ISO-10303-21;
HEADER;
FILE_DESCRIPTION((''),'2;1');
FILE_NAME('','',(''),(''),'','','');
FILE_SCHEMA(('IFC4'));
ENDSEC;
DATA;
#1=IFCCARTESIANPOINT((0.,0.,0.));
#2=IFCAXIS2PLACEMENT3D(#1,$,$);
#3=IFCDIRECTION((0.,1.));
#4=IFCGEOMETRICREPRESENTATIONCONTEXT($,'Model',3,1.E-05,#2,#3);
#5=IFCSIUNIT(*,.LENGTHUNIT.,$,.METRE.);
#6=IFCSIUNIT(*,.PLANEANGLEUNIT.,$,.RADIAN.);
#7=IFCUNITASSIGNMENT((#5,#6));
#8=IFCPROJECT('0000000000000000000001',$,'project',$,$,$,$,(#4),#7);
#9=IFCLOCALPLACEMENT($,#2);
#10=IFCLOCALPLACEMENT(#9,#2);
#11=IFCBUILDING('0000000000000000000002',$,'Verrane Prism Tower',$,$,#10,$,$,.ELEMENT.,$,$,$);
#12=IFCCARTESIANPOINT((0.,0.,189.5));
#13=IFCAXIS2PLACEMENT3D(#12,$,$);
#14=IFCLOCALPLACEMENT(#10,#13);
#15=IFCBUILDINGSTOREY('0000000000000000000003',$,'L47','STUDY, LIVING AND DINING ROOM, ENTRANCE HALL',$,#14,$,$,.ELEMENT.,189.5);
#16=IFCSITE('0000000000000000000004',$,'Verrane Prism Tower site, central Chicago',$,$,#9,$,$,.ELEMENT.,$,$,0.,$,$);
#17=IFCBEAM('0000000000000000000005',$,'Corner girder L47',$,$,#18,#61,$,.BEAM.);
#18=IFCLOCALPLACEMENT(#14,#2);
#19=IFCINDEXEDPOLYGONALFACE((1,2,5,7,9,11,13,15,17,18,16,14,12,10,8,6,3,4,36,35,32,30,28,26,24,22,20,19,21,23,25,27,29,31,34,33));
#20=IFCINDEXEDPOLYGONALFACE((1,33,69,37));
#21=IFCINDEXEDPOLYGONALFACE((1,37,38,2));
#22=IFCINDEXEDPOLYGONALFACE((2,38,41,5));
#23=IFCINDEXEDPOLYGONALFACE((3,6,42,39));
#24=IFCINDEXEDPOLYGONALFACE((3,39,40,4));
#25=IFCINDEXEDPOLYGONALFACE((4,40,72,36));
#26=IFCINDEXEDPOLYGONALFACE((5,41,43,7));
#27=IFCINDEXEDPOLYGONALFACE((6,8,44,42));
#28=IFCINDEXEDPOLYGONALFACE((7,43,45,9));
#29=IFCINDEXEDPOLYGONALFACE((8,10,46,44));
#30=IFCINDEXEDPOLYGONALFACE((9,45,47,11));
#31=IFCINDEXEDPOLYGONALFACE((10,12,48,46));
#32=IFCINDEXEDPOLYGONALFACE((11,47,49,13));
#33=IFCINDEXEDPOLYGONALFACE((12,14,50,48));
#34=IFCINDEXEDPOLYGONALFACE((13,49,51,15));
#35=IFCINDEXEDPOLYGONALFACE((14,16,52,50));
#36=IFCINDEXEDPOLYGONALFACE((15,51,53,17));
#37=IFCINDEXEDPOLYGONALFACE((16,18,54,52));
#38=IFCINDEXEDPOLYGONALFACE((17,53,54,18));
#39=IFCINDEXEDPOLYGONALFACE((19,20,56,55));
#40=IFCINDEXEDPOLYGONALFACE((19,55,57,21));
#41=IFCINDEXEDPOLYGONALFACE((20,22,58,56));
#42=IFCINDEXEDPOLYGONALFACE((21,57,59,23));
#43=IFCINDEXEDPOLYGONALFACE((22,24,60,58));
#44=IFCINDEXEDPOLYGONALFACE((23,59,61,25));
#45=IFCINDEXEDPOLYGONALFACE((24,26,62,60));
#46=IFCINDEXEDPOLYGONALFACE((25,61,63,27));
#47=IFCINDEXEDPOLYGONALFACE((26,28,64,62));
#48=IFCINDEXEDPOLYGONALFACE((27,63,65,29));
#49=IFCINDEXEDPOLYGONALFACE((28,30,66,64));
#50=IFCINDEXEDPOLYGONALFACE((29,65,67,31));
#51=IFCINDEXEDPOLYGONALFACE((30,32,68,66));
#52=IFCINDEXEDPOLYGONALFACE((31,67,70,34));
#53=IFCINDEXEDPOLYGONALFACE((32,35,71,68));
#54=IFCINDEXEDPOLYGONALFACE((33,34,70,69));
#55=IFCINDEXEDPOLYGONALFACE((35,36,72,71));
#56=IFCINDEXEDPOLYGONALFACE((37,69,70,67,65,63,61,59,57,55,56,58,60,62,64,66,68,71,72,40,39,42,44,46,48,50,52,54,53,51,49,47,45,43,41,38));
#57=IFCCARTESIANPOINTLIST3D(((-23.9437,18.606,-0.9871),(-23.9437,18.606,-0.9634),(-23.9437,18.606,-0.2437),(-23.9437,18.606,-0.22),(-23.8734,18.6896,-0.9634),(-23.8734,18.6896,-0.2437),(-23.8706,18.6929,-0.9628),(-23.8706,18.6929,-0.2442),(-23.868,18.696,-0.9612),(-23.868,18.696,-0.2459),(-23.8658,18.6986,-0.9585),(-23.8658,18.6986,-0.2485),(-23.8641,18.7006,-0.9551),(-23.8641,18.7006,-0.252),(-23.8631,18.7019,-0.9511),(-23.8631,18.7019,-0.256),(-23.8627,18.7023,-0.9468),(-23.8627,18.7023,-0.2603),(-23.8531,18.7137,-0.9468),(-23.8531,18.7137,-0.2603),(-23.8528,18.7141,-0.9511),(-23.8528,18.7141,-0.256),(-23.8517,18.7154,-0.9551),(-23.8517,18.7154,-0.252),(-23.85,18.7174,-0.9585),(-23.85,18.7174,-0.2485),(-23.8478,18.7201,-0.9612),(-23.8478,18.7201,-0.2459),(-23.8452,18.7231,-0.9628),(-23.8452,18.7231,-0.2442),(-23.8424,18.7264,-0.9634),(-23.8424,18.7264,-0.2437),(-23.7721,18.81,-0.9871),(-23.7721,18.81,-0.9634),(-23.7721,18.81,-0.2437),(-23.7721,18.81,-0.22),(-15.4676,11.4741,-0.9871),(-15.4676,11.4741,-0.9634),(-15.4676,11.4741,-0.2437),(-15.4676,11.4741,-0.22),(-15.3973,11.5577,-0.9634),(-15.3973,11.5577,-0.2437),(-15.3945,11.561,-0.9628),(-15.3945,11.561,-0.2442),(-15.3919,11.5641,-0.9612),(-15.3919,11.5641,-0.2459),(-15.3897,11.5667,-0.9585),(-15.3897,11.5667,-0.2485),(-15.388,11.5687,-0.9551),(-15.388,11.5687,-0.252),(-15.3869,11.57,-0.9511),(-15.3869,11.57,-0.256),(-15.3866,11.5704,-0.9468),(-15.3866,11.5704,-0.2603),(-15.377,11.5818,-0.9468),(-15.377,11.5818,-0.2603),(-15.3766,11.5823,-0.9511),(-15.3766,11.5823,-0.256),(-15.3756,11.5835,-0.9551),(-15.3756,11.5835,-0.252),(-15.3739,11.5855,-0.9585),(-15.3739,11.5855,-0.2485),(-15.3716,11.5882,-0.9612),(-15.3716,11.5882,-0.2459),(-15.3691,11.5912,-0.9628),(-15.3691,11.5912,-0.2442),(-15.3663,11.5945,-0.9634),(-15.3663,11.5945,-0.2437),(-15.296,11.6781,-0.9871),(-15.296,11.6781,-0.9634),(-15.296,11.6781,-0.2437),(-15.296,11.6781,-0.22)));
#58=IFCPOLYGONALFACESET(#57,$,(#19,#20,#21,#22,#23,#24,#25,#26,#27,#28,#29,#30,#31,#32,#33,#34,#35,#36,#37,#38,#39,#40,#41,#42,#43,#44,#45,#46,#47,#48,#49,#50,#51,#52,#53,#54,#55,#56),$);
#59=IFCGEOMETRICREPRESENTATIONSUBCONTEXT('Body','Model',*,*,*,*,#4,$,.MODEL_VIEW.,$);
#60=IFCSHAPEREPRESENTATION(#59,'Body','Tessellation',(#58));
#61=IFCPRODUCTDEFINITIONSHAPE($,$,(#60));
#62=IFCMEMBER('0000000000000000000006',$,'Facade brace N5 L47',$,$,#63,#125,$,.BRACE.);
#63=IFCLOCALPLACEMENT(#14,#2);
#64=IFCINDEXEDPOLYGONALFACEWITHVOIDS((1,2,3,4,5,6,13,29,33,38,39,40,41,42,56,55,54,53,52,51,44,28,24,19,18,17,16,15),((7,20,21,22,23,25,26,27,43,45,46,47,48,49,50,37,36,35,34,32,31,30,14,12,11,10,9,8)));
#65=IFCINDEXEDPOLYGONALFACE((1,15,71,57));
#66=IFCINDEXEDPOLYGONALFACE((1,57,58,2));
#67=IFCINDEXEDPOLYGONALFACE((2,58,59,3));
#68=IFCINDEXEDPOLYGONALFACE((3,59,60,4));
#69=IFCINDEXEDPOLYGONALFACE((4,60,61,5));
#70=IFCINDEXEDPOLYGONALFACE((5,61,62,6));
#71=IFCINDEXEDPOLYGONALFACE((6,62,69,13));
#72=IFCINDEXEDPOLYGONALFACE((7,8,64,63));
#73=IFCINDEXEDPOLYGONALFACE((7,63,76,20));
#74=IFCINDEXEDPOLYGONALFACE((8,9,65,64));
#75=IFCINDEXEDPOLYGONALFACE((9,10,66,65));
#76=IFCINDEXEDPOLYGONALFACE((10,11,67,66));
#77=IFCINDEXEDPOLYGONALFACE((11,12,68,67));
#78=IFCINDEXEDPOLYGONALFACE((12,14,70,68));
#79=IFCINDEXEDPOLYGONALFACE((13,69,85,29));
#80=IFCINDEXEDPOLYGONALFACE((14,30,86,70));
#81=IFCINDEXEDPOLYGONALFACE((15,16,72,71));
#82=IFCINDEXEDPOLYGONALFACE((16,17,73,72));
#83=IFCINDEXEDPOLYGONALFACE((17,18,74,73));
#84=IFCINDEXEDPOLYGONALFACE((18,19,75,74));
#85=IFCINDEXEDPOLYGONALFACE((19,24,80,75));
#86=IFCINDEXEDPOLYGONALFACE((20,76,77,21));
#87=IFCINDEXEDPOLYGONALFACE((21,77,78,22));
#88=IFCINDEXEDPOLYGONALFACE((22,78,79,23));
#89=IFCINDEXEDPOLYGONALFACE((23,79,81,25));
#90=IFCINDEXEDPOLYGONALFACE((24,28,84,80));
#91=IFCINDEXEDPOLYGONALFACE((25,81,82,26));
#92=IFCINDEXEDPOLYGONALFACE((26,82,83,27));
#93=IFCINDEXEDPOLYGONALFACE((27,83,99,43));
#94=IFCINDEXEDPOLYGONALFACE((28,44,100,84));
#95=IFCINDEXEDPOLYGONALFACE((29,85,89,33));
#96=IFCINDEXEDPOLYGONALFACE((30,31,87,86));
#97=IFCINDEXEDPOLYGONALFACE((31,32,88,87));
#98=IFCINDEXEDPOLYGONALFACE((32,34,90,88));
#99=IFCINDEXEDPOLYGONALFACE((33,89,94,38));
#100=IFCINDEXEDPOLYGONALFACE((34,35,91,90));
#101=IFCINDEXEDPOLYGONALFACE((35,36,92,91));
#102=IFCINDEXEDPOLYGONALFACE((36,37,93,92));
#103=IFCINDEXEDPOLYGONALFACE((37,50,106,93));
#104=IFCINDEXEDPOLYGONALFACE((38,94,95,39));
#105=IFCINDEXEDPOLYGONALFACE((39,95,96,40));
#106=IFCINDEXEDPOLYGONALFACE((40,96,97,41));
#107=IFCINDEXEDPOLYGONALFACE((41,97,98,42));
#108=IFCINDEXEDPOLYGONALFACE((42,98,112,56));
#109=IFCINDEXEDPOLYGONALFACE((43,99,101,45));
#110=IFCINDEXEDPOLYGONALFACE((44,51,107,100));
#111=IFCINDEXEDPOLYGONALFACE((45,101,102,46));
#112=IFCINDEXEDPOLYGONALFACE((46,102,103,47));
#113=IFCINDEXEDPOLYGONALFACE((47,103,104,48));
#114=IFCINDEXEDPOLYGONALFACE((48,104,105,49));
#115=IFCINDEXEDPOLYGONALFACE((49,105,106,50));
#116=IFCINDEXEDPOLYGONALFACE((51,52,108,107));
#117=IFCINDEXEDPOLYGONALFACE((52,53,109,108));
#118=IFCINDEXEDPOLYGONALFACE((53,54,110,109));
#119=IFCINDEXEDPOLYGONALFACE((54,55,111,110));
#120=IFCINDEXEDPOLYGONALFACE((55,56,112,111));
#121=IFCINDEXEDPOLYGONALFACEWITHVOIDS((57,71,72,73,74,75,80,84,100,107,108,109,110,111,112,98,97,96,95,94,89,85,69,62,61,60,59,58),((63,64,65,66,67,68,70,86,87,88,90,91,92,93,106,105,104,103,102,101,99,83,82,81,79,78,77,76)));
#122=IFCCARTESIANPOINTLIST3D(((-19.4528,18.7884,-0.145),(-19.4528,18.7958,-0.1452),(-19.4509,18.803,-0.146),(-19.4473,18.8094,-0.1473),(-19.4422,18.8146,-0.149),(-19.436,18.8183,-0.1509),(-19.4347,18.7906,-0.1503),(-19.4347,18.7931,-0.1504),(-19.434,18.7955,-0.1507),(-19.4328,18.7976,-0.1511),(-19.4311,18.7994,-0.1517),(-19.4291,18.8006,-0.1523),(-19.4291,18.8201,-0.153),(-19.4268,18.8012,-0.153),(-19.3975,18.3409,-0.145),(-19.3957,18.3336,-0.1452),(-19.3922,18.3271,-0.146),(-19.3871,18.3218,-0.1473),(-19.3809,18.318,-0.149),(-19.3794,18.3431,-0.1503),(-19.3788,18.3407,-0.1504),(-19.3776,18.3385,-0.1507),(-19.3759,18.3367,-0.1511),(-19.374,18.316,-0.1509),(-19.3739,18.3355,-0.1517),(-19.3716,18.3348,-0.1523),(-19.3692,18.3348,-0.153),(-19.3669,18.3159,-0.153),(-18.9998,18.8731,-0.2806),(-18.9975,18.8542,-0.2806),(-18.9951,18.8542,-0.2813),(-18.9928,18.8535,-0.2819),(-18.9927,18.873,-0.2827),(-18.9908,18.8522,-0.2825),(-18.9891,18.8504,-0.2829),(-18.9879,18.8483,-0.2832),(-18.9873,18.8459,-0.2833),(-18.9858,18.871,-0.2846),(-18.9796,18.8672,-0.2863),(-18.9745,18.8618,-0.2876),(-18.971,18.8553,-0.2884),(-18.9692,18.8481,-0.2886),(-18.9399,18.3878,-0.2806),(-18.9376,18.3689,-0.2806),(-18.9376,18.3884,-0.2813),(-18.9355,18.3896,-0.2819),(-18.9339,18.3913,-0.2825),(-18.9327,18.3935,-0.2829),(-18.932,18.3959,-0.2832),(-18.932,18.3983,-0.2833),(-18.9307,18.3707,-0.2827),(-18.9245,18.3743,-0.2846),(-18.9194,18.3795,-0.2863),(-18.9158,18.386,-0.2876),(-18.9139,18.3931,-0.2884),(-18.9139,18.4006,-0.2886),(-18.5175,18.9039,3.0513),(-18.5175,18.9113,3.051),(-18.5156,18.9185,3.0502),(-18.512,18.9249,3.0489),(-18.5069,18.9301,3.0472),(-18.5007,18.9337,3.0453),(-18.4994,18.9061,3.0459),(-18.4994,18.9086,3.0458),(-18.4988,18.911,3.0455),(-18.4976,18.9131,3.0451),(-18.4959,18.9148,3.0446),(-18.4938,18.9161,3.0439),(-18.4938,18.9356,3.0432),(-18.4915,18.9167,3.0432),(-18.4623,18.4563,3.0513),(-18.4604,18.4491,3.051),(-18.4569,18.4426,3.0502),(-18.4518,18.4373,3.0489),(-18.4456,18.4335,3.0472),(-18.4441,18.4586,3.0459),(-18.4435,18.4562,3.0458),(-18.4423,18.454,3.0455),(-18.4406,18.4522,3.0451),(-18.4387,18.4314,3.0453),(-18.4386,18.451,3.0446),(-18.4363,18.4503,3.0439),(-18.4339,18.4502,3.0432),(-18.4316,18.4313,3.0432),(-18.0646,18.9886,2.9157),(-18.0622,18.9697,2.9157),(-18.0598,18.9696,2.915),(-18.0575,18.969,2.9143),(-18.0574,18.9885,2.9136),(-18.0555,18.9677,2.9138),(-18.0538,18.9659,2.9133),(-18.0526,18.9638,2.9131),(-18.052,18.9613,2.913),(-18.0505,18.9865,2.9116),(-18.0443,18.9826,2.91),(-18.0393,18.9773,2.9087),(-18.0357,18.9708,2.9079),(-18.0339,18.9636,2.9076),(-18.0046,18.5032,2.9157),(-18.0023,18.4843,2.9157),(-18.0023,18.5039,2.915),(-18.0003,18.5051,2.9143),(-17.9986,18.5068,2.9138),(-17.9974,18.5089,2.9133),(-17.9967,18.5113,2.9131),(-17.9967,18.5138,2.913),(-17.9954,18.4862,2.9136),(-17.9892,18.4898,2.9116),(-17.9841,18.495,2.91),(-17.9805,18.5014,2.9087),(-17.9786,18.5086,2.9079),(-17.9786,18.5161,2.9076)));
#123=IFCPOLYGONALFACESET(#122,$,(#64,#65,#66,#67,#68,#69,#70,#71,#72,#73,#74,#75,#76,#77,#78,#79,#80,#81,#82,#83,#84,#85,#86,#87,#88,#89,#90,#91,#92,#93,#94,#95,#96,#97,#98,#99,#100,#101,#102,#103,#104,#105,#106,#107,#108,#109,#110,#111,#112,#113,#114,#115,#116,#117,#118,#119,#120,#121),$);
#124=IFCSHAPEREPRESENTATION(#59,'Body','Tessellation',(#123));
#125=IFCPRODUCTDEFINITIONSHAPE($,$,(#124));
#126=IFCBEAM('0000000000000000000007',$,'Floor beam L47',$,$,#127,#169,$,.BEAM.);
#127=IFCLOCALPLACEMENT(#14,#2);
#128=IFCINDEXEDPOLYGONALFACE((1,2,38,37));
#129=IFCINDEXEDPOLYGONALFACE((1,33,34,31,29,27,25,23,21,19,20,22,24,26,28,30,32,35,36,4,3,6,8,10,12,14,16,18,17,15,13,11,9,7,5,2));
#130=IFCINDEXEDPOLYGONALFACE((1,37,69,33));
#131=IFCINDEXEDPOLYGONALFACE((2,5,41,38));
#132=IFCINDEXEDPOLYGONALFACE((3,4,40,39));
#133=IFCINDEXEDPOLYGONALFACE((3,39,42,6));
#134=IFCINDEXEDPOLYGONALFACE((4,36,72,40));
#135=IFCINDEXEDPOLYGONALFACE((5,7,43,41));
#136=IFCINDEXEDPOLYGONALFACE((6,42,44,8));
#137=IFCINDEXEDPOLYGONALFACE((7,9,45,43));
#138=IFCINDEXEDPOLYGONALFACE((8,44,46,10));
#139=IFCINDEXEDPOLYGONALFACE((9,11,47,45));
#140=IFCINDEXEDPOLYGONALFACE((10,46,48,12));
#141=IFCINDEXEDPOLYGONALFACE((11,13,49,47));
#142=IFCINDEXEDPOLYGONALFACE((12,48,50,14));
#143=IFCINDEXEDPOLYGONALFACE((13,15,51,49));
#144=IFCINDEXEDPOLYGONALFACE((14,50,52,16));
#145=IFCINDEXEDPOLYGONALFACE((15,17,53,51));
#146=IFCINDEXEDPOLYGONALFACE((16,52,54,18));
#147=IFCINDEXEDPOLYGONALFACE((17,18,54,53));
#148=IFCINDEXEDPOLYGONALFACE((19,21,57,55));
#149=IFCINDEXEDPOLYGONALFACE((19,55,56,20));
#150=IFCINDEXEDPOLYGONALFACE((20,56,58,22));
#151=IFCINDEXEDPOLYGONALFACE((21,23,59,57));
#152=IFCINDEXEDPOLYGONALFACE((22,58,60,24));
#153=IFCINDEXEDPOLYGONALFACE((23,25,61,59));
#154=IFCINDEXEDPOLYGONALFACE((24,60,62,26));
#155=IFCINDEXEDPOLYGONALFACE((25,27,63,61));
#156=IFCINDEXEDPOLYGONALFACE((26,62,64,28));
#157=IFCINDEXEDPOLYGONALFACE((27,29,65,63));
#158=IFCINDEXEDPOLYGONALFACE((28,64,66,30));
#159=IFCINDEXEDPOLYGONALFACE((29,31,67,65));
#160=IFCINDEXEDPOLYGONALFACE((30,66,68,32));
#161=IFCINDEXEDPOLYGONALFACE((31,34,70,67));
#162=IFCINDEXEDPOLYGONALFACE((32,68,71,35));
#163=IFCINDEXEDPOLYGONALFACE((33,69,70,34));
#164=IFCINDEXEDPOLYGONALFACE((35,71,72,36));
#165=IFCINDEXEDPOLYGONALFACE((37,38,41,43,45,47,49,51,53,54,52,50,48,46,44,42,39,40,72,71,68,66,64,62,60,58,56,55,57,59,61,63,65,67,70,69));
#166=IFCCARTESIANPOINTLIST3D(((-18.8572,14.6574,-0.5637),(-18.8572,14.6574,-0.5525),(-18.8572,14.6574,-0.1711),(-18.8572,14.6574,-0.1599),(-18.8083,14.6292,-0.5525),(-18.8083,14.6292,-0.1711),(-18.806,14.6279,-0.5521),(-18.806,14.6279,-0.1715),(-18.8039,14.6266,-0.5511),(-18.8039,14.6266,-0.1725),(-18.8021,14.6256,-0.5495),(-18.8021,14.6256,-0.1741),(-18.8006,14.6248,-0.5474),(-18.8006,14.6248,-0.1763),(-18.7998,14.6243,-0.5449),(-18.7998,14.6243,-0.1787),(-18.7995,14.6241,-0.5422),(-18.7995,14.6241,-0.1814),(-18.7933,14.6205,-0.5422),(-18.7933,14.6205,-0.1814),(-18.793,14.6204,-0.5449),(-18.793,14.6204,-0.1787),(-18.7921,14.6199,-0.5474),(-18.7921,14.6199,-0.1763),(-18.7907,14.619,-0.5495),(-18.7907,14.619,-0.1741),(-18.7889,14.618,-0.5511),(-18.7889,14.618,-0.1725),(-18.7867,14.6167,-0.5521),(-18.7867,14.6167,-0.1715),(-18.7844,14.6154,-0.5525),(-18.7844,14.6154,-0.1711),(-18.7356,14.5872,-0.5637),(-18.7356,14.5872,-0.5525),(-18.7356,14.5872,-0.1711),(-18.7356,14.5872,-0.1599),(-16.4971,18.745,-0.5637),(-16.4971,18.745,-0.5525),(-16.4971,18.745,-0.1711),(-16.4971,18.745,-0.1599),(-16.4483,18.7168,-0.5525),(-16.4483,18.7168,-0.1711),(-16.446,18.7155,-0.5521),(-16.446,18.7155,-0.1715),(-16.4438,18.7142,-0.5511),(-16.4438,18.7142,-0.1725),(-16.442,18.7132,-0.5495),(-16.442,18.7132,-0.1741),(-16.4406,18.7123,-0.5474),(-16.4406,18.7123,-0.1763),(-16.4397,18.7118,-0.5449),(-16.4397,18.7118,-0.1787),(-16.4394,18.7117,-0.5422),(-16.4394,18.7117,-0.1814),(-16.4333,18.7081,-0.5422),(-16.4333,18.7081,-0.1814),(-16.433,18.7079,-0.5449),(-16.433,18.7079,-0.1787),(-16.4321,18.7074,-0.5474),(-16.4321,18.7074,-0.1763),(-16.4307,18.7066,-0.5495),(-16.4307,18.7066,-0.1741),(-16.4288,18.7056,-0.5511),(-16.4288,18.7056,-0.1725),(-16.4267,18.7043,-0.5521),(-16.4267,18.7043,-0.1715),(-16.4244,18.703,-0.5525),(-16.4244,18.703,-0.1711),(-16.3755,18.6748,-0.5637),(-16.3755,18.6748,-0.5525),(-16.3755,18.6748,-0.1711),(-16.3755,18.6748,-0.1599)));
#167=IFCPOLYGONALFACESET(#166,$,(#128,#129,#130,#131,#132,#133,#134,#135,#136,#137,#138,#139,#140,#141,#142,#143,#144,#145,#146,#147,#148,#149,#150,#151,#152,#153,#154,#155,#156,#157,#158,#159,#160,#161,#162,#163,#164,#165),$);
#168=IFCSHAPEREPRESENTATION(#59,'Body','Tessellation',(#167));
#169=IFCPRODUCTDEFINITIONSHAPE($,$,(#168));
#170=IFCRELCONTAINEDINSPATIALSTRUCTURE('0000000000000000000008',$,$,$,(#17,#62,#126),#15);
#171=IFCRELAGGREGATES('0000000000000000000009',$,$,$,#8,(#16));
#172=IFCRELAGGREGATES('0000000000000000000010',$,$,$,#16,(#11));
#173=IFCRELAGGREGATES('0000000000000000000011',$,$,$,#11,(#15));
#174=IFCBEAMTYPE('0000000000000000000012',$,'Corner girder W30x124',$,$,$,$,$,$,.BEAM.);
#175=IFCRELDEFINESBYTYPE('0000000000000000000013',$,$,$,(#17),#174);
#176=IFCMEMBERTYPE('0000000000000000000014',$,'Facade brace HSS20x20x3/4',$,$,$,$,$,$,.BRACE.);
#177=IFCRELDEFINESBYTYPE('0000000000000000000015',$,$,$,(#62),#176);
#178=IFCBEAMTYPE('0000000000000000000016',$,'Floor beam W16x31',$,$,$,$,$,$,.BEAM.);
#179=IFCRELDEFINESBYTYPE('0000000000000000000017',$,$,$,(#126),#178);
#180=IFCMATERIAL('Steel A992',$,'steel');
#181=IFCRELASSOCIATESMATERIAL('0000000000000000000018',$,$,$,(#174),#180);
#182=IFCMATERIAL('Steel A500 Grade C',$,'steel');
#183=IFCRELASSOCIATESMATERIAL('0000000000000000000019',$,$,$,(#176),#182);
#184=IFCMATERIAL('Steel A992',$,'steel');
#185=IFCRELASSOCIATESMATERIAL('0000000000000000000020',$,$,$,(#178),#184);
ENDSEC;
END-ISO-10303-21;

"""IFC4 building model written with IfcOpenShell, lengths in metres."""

from ifc_helpers import new_model, si_unit, direction, frame, origin, origin_2d, place, context, subcontext, project, spatial, hollow_rectangle, i_section, extrude, material, material_profile, profile_set, type_object, element, save


model = new_model("IFC4")

# Units and contexts
model_context = context("Model", 3, precision=1e-05, world=origin(), true_north=direction((0.0, 1.0)))
body_context = subcontext(model_context, "Body", "Model", "MODEL_VIEW")
ifc_project = project(units=[si_unit("LENGTHUNIT", "METRE"), si_unit("PLANEANGLEUNIT", "RADIAN")], contexts=[model_context])

# Site, building, storey
site_placement = place(None, origin())
site = spatial("IfcSite", under=ifc_project, at=site_placement, Name="Verrane Prism Tower site, central Chicago", CompositionType="ELEMENT", RefElevation=0.0)
building_placement = place(site_placement, origin())
building = spatial("IfcBuilding", under=site, at=building_placement, Name="Verrane Prism Tower", CompositionType="ELEMENT")
storey_placement = place(building_placement, frame((0.0, 0.0, 189.5)))
storey = spatial("IfcBuildingStorey", under=building, at=storey_placement, Name="L47", Description="STUDY, LIVING AND DINING ROOM, ENTRANCE HALL", CompositionType="ELEMENT", Elevation=189.5)

# Beam
ifc_material_1 = material(Name="Steel A992", Category="steel")
ifc_material_profile_1 = material_profile(ifc_material_1, i_section(OverallWidth=0.2666, OverallDepth=0.7671, WebThickness=0.0149, FlangeThickness=0.0237, FilletRadius=0.0166, at=origin_2d()), Name="W30x124")
ifc_profile_set_1 = profile_set([ifc_material_profile_1], Name="Steel A992")
beam_type_1 = type_object("IfcBeamType", Name="Corner girder W30x124", PredefinedType="BEAM", material=ifc_profile_set_1)
beam_1_placement = place(storey_placement, frame((-23.8579, 18.708, -0.6035), z_axis=(0.765174, -0.643823, 0.0), x_axis=(0.643823, 0.765174, 0.0)))
element("IfcBeam", 1, at=beam_1_placement, inside=storey, type_object=beam_type_1, Name="Corner girder L47", PredefinedType="BEAM", context=body_context, shape_type="SweptSolid", body=[
    extrude(i_section(OverallWidth=0.2666, OverallDepth=0.7671, WebThickness=0.0149, FlangeThickness=0.0237, FilletRadius=0.0166, at=origin_2d()), origin(), (0.0, 0.0, 1.0), 11.0774),
])

# Member
ifc_material_2 = material(Name="Steel A500 Grade C", Category="steel")
ifc_material_profile_2 = material_profile(ifc_material_2, hollow_rectangle(XDim=0.5081, YDim=0.5081, WallThickness=0.019, InnerFilletRadius=0.0095, OuterFilletRadius=0.0286, at=origin_2d()), Name="HSS20x20x3/4")
ifc_profile_set_2 = profile_set([ifc_material_profile_2], Name="Steel A500 Grade C")
member_type_1 = type_object("IfcMemberType", Name="Facade brace HSS20x20x3/4", PredefinedType="BRACE", material=ifc_profile_set_2)
member_1_placement = place(storey_placement, frame((-19.1833, 18.5945, -0.2168), z_axis=(0.280676, 0.034654, 0.959177), x_axis=(-0.122536, 0.992464, 0.0)))
element("IfcMember", 2, at=member_1_placement, inside=storey, type_object=member_type_1, Name="Facade brace N5 L47", PredefinedType="BRACE", context=body_context, shape_type="SweptSolid", body=[
    extrude(hollow_rectangle(XDim=0.5081, YDim=0.5081, WallThickness=0.019, InnerFilletRadius=0.0095, OuterFilletRadius=0.0286, at=origin_2d()), origin(), (0.0, 0.0, 1.0), 3.3323),
])

# Beam
ifc_material_3 = material(Name="Steel A992", Category="steel")
ifc_material_profile_3 = material_profile(ifc_material_3, i_section(OverallWidth=0.1404, OverallDepth=0.4038, WebThickness=0.0071, FlangeThickness=0.0112, FilletRadius=0.0103, at=origin_2d()), Name="W16x31")
ifc_profile_set_3 = profile_set([ifc_material_profile_3], Name="Steel A992")
beam_type_2 = type_object("IfcBeamType", Name="Floor beam W16x31", PredefinedType="BEAM", material=ifc_profile_set_3)
beam_2_placement = place(storey_placement, frame((-18.7964, 14.6223, -0.3618), z_axis=(0.500016, 0.866016, 0.0), x_axis=(-0.866016, 0.500016, 0.0)))
element("IfcBeam", 3, at=beam_2_placement, inside=storey, type_object=beam_type_2, Name="Floor beam L47", PredefinedType="BEAM", context=body_context, shape_type="SweptSolid", body=[
    extrude(i_section(OverallWidth=0.1404, OverallDepth=0.4038, WebThickness=0.0071, FlangeThickness=0.0112, FilletRadius=0.0103, at=origin_2d()), origin(), (0.0, 0.0, 1.0), 4.72),
])

save(model, "model.ifc")
